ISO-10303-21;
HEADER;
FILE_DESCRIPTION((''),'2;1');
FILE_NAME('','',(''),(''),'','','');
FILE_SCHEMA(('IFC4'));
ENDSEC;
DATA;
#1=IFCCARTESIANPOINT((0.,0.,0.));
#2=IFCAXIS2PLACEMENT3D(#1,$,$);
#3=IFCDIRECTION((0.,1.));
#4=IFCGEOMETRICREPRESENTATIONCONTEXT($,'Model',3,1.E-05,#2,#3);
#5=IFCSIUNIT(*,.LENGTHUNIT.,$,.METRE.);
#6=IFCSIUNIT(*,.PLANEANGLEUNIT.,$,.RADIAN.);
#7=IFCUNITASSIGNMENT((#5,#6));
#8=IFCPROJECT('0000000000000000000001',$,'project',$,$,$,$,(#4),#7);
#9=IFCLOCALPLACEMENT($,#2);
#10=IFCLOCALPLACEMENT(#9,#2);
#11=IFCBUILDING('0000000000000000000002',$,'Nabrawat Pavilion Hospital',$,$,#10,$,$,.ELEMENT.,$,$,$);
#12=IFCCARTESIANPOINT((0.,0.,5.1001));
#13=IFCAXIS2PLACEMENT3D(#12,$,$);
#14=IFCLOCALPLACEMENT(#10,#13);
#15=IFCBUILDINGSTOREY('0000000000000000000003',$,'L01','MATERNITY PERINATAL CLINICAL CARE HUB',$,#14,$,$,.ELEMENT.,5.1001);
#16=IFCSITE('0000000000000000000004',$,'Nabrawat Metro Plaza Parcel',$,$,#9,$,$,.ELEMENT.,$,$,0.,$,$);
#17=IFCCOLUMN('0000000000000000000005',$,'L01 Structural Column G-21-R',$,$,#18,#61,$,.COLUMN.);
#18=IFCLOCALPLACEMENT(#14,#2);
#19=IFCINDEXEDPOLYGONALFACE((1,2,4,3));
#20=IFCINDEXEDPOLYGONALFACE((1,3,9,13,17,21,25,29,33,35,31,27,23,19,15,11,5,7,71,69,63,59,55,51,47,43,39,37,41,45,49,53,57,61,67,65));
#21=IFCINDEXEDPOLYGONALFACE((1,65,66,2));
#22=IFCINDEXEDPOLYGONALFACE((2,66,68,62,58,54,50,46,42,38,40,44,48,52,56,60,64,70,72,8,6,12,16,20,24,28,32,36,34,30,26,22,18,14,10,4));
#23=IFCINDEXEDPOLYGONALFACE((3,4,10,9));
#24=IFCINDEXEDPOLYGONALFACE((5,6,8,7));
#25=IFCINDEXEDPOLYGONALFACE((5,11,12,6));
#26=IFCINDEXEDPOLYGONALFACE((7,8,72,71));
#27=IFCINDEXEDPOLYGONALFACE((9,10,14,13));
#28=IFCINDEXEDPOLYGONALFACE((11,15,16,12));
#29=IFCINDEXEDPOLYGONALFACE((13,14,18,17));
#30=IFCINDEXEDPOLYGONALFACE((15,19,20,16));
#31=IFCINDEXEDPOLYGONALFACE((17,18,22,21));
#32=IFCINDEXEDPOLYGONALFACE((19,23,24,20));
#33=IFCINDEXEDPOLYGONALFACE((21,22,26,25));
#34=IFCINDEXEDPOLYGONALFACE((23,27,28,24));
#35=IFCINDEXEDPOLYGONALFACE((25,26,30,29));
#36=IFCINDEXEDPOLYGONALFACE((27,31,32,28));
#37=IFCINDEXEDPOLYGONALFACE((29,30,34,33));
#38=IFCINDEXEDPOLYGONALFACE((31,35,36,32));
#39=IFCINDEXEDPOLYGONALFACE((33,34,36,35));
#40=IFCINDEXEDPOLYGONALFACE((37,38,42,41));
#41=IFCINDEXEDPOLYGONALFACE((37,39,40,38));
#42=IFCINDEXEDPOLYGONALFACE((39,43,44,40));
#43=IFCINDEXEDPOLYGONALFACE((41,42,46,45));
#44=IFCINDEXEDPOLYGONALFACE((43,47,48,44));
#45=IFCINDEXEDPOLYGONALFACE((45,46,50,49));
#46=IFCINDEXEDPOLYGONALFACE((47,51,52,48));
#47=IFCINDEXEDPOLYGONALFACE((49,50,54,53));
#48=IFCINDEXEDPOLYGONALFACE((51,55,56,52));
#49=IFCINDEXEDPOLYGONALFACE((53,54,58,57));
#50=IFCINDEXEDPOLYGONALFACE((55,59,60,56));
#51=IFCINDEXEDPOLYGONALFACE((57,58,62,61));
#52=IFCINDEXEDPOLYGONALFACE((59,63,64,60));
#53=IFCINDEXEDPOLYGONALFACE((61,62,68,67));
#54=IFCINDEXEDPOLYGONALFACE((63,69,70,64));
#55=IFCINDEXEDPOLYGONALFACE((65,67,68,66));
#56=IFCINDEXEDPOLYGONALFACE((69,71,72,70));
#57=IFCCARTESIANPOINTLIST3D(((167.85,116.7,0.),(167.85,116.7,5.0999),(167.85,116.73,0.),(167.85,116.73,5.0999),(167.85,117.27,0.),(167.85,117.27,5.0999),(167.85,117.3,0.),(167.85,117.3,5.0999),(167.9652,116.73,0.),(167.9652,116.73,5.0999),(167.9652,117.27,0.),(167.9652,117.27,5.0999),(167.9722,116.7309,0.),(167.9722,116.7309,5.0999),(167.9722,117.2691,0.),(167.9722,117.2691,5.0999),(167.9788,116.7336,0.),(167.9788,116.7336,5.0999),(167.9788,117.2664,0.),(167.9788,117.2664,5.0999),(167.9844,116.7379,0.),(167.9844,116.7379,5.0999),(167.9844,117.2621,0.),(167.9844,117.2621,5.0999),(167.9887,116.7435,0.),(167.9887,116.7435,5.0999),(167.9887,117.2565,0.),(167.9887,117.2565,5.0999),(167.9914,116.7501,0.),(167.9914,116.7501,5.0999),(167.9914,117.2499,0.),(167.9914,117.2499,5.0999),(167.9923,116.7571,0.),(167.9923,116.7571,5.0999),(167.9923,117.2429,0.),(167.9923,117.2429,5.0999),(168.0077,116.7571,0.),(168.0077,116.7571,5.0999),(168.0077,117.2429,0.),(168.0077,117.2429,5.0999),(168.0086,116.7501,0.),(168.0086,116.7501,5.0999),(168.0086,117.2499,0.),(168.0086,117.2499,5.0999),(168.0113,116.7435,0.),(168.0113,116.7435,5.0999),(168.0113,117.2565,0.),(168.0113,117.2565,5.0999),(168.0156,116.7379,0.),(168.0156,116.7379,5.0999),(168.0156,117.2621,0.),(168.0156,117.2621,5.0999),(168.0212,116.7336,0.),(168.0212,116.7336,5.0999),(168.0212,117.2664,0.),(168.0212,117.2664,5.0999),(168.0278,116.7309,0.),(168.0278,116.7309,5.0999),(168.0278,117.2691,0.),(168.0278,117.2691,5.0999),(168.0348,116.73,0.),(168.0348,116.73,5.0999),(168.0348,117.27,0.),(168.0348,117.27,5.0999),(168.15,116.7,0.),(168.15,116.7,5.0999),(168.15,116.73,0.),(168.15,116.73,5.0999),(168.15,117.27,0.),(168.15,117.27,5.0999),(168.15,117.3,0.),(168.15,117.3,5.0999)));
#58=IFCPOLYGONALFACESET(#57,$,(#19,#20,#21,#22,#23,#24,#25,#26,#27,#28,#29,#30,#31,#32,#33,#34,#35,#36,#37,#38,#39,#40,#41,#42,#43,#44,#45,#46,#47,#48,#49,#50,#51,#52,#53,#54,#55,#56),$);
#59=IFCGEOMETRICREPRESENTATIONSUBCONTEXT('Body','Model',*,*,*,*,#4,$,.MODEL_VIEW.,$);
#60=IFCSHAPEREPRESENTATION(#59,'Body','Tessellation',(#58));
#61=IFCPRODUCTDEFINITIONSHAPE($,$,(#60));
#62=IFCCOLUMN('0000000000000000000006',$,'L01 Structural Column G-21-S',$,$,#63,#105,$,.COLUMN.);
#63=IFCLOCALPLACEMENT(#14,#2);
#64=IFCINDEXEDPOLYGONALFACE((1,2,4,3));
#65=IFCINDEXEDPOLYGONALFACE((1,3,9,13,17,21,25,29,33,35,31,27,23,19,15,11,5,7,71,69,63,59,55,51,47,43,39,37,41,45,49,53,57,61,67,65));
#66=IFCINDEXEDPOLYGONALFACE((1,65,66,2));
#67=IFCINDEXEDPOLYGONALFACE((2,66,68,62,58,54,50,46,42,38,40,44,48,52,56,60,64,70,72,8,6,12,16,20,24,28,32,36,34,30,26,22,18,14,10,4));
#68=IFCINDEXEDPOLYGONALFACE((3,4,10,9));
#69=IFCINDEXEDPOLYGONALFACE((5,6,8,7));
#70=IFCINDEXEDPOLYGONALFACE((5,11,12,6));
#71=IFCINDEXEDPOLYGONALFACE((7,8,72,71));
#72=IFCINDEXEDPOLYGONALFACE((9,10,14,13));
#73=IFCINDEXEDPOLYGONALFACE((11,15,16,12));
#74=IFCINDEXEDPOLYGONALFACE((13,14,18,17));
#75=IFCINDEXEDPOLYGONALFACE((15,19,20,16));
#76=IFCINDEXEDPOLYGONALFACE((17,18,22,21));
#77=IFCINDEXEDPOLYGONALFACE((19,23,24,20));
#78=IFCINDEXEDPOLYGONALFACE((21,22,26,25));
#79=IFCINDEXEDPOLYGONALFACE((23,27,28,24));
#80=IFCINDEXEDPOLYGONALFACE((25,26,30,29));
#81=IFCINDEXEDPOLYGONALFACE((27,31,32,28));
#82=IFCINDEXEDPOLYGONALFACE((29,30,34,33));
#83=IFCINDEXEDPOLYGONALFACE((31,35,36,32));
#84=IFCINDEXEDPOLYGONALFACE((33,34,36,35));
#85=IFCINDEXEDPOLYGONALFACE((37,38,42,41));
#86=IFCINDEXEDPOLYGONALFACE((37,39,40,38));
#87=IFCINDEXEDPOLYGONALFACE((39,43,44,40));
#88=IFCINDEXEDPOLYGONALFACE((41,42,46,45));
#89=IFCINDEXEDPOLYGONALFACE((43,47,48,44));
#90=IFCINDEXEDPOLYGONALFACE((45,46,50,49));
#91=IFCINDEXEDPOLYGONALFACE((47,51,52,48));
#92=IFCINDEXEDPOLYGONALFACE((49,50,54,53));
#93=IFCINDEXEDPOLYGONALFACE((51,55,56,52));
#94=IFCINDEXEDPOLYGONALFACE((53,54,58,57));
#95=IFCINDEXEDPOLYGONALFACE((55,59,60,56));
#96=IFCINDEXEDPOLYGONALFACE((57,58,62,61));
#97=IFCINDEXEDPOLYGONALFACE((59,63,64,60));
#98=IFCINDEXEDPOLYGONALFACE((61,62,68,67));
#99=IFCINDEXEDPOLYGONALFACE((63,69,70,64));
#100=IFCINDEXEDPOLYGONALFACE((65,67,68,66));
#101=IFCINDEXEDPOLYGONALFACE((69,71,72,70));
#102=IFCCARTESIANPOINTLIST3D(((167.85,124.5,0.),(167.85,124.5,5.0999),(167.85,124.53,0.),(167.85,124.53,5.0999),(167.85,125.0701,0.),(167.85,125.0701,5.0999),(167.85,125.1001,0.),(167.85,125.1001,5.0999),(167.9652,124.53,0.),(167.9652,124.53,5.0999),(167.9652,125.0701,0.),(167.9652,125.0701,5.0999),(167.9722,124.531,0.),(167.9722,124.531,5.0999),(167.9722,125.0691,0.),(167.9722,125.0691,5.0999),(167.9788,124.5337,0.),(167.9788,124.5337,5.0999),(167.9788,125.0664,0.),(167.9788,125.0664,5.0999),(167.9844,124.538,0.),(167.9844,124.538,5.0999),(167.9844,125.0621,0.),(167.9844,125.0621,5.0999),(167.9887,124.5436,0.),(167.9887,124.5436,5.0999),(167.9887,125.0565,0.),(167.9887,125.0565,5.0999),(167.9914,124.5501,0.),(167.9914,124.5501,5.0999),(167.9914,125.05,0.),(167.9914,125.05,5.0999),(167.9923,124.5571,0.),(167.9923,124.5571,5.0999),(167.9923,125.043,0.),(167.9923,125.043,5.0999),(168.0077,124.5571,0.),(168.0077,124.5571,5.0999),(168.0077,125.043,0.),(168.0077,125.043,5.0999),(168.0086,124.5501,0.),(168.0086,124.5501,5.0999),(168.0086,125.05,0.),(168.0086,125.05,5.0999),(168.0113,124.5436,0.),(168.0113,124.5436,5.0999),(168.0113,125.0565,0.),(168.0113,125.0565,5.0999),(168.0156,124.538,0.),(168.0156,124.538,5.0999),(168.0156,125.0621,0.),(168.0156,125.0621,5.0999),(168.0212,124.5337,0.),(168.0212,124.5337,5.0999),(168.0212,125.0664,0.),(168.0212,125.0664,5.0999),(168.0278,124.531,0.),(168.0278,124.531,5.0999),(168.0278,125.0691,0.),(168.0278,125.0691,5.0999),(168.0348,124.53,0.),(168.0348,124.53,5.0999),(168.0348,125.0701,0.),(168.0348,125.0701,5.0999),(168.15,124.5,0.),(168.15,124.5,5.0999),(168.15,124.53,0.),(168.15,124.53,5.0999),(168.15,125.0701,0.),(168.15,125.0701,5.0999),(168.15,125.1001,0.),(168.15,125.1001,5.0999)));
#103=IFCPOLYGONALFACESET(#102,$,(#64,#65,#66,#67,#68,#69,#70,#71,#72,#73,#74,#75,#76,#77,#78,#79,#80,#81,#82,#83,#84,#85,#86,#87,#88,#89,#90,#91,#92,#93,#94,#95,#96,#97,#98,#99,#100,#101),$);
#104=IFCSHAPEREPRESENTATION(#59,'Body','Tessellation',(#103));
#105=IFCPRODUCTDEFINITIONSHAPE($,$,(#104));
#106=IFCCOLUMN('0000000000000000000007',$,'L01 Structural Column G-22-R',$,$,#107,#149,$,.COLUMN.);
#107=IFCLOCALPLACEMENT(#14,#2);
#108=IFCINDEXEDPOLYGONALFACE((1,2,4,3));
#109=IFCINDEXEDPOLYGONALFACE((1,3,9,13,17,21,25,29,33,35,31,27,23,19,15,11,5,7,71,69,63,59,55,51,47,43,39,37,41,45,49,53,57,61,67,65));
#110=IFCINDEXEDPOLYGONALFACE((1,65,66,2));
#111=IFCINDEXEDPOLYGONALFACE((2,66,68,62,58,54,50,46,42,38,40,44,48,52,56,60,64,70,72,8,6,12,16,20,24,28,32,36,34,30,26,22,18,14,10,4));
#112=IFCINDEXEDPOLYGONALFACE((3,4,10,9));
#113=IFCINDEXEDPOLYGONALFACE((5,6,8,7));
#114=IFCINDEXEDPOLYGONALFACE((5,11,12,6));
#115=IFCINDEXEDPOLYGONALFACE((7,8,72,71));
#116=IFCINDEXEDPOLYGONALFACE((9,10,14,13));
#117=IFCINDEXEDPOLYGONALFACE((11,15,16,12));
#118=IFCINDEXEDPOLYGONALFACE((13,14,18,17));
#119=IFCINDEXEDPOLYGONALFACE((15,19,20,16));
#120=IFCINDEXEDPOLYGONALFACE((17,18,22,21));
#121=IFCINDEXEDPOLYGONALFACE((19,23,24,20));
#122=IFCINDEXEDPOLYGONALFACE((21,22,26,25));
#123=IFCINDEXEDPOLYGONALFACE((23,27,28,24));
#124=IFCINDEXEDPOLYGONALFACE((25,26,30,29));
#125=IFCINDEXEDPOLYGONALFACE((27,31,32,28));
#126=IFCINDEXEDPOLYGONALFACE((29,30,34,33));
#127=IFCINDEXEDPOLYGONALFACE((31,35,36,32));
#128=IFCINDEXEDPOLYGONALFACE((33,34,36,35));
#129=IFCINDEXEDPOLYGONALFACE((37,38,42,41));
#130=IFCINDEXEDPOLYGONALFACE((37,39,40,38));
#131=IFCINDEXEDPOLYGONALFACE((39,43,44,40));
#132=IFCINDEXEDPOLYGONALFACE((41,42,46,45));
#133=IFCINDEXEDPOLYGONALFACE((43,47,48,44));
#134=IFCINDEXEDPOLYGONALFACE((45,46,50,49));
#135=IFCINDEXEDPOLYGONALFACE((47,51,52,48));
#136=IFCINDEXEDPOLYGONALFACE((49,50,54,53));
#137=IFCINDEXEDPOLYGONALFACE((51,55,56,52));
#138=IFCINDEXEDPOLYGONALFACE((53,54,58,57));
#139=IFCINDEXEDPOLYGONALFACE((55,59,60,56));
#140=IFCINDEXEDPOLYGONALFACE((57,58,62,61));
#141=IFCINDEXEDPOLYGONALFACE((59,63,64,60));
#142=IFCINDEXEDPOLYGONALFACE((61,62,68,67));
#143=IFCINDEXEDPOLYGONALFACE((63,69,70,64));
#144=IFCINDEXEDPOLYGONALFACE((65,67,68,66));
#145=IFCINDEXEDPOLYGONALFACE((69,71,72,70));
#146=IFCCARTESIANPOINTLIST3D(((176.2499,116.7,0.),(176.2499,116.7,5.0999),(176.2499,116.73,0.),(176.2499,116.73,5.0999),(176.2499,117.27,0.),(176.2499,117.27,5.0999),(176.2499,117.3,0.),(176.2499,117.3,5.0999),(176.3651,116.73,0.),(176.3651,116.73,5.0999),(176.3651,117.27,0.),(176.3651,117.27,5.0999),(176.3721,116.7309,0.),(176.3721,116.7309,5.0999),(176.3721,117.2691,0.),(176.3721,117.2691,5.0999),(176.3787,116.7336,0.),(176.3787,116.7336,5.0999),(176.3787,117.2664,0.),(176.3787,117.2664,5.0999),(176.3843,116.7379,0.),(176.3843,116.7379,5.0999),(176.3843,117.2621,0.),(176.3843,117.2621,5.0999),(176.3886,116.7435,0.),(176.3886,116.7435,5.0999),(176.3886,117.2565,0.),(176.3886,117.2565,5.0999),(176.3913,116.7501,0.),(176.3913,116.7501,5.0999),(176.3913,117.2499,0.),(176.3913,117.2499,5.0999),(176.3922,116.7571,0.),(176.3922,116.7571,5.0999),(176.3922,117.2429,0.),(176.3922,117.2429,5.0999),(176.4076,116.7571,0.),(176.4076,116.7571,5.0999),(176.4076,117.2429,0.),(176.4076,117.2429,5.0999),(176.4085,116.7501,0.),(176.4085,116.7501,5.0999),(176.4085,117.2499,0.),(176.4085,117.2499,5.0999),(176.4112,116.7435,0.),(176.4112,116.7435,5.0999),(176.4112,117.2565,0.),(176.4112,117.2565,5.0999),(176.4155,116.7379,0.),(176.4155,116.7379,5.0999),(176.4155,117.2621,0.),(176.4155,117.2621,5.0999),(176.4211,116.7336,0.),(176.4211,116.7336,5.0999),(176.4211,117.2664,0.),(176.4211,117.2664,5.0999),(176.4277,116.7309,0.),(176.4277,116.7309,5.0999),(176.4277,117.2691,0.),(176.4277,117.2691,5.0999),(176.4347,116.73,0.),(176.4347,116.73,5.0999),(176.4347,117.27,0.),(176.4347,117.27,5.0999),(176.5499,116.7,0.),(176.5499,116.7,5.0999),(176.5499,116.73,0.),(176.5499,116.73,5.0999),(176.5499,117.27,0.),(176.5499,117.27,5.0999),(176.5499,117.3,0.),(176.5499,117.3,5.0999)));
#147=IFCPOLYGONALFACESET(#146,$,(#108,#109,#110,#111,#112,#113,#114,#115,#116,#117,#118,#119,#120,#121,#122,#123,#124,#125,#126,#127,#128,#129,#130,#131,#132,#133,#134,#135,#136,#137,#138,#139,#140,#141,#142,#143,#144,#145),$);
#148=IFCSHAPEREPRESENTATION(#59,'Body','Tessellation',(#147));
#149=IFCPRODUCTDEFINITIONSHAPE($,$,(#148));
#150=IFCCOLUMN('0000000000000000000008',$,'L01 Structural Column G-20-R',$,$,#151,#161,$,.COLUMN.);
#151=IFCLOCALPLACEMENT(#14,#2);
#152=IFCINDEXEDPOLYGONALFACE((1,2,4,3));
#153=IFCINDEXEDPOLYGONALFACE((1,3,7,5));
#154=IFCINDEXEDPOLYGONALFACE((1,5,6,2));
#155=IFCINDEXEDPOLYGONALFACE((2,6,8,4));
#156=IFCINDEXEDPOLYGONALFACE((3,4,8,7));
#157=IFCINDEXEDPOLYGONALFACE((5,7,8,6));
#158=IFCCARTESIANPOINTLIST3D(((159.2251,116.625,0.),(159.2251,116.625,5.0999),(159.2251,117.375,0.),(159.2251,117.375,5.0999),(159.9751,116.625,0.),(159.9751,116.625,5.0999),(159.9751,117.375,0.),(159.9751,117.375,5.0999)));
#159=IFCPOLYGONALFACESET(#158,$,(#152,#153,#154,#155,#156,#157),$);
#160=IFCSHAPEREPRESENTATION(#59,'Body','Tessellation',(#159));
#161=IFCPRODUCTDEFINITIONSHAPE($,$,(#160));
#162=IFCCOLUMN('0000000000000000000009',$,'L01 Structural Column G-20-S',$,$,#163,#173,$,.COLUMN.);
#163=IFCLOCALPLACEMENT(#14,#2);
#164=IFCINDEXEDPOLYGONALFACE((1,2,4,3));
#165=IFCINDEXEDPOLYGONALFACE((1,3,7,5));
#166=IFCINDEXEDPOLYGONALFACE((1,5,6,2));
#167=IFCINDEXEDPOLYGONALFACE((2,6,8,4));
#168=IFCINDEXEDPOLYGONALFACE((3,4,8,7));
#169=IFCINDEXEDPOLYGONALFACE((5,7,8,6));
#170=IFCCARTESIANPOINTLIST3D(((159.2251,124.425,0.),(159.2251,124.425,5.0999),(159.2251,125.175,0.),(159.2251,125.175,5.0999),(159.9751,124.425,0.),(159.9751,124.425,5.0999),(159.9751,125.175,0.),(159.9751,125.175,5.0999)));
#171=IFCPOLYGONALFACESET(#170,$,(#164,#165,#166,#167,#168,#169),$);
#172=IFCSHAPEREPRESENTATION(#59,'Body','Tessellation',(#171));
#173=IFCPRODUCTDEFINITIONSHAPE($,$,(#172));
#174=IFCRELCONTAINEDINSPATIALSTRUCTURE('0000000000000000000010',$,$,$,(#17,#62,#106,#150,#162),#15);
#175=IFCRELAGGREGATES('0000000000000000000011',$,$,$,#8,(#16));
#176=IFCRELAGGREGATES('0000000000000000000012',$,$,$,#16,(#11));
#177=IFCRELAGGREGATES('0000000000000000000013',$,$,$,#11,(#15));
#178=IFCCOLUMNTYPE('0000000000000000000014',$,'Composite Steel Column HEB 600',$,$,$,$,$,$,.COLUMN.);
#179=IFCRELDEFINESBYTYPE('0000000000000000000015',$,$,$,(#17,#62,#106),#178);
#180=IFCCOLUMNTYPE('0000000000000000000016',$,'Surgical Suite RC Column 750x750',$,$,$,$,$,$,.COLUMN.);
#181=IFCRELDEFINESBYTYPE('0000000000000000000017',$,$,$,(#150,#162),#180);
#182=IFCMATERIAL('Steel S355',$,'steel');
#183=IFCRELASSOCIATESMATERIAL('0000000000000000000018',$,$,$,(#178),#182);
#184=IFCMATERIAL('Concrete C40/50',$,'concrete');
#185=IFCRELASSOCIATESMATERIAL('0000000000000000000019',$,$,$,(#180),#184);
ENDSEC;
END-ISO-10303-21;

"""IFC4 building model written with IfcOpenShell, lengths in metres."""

from ifc_helpers import new_model, si_unit, direction, frame, origin, origin_2d, place, context, subcontext, project, spatial, rectangle, i_section, extrude, material, material_profile, profile_set, type_object, element, save


model = new_model("IFC4")

# Units and contexts
model_context = context("Model", 3, precision=1e-05, world=origin(), true_north=direction((0.0, 1.0)))
body_context = subcontext(model_context, "Body", "Model", "MODEL_VIEW")
ifc_project = project(units=[si_unit("LENGTHUNIT", "METRE"), si_unit("PLANEANGLEUNIT", "RADIAN")], contexts=[model_context])

# Site, building, storey
site_placement = place(None, origin())
site = spatial("IfcSite", under=ifc_project, at=site_placement, Name="Nabrawat Metro Plaza Parcel", CompositionType="ELEMENT", RefElevation=0.0)
building_placement = place(site_placement, origin())
building = spatial("IfcBuilding", under=site, at=building_placement, Name="Nabrawat Pavilion Hospital", CompositionType="ELEMENT")
storey_placement = place(building_placement, frame((0.0, 0.0, 5.1001)))
storey = spatial("IfcBuildingStorey", under=building, at=storey_placement, Name="L01", Description="MATERNITY PERINATAL CLINICAL CARE HUB", CompositionType="ELEMENT", Elevation=5.1001)

# Columns
ifc_material_1 = material(Name="Steel S355", Category="steel")
ifc_material_profile_1 = material_profile(ifc_material_1, i_section(OverallWidth=0.3, OverallDepth=0.6001, WebThickness=0.0154, FlangeThickness=0.03, FilletRadius=0.0271, at=origin_2d()), Name="HEB 600")
ifc_profile_set_1 = profile_set([ifc_material_profile_1], Name="Steel S355")
column_type_1 = type_object("IfcColumnType", Name="Composite Steel Column HEB 600", PredefinedType="COLUMN", material=ifc_profile_set_1)
for number, where, z_axis, x_axis, name in (
    (1, (168.0, 117.0, 0.0), (0.0, 0.0, 1.0), (1.0, 0.0, 0.0), "L01 Structural Column G-21-R"),
    (2, (168.0, 124.8, 0.0), (0.0, 0.0, 1.0), (1.0, 0.0, 0.0), "L01 Structural Column G-21-S"),
    (3, (176.3999, 117.0, 0.0), (0.0, 0.0, 1.0), (1.0, 0.0, 0.0), "L01 Structural Column G-22-R"),
):
    element("IfcColumn", number, at=place(storey_placement, frame(where, z_axis=z_axis, x_axis=x_axis)), inside=storey, type_object=column_type_1, Name=name, PredefinedType="COLUMN", context=body_context, shape_type="SweptSolid", body=[
        extrude(i_section(OverallWidth=0.3, OverallDepth=0.6001, WebThickness=0.0154, FlangeThickness=0.03, FilletRadius=0.0271, at=origin_2d()), origin(), (0.0, 0.0, 1.0), 5.0999),
    ])
ifc_material_2 = material(Name="Concrete C40/50", Category="concrete")
ifc_material_profile_2 = material_profile(ifc_material_2, rectangle(XDim=0.75, YDim=0.75, at=origin_2d()), Name="RC 750x750")
ifc_profile_set_2 = profile_set([ifc_material_profile_2], Name="Concrete C40/50")
column_type_2 = type_object("IfcColumnType", Name="Surgical Suite RC Column 750x750", PredefinedType="COLUMN", material=ifc_profile_set_2)
for number, where, z_axis, x_axis, name in (
    (4, (159.6001, 117.0, 0.0), (0.0, 0.0, 1.0), (1.0, 0.0, 0.0), "L01 Structural Column G-20-R"),
    (5, (159.6001, 124.8, 0.0), (0.0, 0.0, 1.0), (1.0, 0.0, 0.0), "L01 Structural Column G-20-S"),
):
    element("IfcColumn", number, at=place(storey_placement, frame(where, z_axis=z_axis, x_axis=x_axis)), inside=storey, type_object=column_type_2, Name=name, PredefinedType="COLUMN", context=body_context, shape_type="SweptSolid", body=[
        extrude(rectangle(XDim=0.75, YDim=0.75, at=origin_2d()), origin(), (0.0, 0.0, 1.0), 5.0999),
    ])

save(model, "model.ifc")
